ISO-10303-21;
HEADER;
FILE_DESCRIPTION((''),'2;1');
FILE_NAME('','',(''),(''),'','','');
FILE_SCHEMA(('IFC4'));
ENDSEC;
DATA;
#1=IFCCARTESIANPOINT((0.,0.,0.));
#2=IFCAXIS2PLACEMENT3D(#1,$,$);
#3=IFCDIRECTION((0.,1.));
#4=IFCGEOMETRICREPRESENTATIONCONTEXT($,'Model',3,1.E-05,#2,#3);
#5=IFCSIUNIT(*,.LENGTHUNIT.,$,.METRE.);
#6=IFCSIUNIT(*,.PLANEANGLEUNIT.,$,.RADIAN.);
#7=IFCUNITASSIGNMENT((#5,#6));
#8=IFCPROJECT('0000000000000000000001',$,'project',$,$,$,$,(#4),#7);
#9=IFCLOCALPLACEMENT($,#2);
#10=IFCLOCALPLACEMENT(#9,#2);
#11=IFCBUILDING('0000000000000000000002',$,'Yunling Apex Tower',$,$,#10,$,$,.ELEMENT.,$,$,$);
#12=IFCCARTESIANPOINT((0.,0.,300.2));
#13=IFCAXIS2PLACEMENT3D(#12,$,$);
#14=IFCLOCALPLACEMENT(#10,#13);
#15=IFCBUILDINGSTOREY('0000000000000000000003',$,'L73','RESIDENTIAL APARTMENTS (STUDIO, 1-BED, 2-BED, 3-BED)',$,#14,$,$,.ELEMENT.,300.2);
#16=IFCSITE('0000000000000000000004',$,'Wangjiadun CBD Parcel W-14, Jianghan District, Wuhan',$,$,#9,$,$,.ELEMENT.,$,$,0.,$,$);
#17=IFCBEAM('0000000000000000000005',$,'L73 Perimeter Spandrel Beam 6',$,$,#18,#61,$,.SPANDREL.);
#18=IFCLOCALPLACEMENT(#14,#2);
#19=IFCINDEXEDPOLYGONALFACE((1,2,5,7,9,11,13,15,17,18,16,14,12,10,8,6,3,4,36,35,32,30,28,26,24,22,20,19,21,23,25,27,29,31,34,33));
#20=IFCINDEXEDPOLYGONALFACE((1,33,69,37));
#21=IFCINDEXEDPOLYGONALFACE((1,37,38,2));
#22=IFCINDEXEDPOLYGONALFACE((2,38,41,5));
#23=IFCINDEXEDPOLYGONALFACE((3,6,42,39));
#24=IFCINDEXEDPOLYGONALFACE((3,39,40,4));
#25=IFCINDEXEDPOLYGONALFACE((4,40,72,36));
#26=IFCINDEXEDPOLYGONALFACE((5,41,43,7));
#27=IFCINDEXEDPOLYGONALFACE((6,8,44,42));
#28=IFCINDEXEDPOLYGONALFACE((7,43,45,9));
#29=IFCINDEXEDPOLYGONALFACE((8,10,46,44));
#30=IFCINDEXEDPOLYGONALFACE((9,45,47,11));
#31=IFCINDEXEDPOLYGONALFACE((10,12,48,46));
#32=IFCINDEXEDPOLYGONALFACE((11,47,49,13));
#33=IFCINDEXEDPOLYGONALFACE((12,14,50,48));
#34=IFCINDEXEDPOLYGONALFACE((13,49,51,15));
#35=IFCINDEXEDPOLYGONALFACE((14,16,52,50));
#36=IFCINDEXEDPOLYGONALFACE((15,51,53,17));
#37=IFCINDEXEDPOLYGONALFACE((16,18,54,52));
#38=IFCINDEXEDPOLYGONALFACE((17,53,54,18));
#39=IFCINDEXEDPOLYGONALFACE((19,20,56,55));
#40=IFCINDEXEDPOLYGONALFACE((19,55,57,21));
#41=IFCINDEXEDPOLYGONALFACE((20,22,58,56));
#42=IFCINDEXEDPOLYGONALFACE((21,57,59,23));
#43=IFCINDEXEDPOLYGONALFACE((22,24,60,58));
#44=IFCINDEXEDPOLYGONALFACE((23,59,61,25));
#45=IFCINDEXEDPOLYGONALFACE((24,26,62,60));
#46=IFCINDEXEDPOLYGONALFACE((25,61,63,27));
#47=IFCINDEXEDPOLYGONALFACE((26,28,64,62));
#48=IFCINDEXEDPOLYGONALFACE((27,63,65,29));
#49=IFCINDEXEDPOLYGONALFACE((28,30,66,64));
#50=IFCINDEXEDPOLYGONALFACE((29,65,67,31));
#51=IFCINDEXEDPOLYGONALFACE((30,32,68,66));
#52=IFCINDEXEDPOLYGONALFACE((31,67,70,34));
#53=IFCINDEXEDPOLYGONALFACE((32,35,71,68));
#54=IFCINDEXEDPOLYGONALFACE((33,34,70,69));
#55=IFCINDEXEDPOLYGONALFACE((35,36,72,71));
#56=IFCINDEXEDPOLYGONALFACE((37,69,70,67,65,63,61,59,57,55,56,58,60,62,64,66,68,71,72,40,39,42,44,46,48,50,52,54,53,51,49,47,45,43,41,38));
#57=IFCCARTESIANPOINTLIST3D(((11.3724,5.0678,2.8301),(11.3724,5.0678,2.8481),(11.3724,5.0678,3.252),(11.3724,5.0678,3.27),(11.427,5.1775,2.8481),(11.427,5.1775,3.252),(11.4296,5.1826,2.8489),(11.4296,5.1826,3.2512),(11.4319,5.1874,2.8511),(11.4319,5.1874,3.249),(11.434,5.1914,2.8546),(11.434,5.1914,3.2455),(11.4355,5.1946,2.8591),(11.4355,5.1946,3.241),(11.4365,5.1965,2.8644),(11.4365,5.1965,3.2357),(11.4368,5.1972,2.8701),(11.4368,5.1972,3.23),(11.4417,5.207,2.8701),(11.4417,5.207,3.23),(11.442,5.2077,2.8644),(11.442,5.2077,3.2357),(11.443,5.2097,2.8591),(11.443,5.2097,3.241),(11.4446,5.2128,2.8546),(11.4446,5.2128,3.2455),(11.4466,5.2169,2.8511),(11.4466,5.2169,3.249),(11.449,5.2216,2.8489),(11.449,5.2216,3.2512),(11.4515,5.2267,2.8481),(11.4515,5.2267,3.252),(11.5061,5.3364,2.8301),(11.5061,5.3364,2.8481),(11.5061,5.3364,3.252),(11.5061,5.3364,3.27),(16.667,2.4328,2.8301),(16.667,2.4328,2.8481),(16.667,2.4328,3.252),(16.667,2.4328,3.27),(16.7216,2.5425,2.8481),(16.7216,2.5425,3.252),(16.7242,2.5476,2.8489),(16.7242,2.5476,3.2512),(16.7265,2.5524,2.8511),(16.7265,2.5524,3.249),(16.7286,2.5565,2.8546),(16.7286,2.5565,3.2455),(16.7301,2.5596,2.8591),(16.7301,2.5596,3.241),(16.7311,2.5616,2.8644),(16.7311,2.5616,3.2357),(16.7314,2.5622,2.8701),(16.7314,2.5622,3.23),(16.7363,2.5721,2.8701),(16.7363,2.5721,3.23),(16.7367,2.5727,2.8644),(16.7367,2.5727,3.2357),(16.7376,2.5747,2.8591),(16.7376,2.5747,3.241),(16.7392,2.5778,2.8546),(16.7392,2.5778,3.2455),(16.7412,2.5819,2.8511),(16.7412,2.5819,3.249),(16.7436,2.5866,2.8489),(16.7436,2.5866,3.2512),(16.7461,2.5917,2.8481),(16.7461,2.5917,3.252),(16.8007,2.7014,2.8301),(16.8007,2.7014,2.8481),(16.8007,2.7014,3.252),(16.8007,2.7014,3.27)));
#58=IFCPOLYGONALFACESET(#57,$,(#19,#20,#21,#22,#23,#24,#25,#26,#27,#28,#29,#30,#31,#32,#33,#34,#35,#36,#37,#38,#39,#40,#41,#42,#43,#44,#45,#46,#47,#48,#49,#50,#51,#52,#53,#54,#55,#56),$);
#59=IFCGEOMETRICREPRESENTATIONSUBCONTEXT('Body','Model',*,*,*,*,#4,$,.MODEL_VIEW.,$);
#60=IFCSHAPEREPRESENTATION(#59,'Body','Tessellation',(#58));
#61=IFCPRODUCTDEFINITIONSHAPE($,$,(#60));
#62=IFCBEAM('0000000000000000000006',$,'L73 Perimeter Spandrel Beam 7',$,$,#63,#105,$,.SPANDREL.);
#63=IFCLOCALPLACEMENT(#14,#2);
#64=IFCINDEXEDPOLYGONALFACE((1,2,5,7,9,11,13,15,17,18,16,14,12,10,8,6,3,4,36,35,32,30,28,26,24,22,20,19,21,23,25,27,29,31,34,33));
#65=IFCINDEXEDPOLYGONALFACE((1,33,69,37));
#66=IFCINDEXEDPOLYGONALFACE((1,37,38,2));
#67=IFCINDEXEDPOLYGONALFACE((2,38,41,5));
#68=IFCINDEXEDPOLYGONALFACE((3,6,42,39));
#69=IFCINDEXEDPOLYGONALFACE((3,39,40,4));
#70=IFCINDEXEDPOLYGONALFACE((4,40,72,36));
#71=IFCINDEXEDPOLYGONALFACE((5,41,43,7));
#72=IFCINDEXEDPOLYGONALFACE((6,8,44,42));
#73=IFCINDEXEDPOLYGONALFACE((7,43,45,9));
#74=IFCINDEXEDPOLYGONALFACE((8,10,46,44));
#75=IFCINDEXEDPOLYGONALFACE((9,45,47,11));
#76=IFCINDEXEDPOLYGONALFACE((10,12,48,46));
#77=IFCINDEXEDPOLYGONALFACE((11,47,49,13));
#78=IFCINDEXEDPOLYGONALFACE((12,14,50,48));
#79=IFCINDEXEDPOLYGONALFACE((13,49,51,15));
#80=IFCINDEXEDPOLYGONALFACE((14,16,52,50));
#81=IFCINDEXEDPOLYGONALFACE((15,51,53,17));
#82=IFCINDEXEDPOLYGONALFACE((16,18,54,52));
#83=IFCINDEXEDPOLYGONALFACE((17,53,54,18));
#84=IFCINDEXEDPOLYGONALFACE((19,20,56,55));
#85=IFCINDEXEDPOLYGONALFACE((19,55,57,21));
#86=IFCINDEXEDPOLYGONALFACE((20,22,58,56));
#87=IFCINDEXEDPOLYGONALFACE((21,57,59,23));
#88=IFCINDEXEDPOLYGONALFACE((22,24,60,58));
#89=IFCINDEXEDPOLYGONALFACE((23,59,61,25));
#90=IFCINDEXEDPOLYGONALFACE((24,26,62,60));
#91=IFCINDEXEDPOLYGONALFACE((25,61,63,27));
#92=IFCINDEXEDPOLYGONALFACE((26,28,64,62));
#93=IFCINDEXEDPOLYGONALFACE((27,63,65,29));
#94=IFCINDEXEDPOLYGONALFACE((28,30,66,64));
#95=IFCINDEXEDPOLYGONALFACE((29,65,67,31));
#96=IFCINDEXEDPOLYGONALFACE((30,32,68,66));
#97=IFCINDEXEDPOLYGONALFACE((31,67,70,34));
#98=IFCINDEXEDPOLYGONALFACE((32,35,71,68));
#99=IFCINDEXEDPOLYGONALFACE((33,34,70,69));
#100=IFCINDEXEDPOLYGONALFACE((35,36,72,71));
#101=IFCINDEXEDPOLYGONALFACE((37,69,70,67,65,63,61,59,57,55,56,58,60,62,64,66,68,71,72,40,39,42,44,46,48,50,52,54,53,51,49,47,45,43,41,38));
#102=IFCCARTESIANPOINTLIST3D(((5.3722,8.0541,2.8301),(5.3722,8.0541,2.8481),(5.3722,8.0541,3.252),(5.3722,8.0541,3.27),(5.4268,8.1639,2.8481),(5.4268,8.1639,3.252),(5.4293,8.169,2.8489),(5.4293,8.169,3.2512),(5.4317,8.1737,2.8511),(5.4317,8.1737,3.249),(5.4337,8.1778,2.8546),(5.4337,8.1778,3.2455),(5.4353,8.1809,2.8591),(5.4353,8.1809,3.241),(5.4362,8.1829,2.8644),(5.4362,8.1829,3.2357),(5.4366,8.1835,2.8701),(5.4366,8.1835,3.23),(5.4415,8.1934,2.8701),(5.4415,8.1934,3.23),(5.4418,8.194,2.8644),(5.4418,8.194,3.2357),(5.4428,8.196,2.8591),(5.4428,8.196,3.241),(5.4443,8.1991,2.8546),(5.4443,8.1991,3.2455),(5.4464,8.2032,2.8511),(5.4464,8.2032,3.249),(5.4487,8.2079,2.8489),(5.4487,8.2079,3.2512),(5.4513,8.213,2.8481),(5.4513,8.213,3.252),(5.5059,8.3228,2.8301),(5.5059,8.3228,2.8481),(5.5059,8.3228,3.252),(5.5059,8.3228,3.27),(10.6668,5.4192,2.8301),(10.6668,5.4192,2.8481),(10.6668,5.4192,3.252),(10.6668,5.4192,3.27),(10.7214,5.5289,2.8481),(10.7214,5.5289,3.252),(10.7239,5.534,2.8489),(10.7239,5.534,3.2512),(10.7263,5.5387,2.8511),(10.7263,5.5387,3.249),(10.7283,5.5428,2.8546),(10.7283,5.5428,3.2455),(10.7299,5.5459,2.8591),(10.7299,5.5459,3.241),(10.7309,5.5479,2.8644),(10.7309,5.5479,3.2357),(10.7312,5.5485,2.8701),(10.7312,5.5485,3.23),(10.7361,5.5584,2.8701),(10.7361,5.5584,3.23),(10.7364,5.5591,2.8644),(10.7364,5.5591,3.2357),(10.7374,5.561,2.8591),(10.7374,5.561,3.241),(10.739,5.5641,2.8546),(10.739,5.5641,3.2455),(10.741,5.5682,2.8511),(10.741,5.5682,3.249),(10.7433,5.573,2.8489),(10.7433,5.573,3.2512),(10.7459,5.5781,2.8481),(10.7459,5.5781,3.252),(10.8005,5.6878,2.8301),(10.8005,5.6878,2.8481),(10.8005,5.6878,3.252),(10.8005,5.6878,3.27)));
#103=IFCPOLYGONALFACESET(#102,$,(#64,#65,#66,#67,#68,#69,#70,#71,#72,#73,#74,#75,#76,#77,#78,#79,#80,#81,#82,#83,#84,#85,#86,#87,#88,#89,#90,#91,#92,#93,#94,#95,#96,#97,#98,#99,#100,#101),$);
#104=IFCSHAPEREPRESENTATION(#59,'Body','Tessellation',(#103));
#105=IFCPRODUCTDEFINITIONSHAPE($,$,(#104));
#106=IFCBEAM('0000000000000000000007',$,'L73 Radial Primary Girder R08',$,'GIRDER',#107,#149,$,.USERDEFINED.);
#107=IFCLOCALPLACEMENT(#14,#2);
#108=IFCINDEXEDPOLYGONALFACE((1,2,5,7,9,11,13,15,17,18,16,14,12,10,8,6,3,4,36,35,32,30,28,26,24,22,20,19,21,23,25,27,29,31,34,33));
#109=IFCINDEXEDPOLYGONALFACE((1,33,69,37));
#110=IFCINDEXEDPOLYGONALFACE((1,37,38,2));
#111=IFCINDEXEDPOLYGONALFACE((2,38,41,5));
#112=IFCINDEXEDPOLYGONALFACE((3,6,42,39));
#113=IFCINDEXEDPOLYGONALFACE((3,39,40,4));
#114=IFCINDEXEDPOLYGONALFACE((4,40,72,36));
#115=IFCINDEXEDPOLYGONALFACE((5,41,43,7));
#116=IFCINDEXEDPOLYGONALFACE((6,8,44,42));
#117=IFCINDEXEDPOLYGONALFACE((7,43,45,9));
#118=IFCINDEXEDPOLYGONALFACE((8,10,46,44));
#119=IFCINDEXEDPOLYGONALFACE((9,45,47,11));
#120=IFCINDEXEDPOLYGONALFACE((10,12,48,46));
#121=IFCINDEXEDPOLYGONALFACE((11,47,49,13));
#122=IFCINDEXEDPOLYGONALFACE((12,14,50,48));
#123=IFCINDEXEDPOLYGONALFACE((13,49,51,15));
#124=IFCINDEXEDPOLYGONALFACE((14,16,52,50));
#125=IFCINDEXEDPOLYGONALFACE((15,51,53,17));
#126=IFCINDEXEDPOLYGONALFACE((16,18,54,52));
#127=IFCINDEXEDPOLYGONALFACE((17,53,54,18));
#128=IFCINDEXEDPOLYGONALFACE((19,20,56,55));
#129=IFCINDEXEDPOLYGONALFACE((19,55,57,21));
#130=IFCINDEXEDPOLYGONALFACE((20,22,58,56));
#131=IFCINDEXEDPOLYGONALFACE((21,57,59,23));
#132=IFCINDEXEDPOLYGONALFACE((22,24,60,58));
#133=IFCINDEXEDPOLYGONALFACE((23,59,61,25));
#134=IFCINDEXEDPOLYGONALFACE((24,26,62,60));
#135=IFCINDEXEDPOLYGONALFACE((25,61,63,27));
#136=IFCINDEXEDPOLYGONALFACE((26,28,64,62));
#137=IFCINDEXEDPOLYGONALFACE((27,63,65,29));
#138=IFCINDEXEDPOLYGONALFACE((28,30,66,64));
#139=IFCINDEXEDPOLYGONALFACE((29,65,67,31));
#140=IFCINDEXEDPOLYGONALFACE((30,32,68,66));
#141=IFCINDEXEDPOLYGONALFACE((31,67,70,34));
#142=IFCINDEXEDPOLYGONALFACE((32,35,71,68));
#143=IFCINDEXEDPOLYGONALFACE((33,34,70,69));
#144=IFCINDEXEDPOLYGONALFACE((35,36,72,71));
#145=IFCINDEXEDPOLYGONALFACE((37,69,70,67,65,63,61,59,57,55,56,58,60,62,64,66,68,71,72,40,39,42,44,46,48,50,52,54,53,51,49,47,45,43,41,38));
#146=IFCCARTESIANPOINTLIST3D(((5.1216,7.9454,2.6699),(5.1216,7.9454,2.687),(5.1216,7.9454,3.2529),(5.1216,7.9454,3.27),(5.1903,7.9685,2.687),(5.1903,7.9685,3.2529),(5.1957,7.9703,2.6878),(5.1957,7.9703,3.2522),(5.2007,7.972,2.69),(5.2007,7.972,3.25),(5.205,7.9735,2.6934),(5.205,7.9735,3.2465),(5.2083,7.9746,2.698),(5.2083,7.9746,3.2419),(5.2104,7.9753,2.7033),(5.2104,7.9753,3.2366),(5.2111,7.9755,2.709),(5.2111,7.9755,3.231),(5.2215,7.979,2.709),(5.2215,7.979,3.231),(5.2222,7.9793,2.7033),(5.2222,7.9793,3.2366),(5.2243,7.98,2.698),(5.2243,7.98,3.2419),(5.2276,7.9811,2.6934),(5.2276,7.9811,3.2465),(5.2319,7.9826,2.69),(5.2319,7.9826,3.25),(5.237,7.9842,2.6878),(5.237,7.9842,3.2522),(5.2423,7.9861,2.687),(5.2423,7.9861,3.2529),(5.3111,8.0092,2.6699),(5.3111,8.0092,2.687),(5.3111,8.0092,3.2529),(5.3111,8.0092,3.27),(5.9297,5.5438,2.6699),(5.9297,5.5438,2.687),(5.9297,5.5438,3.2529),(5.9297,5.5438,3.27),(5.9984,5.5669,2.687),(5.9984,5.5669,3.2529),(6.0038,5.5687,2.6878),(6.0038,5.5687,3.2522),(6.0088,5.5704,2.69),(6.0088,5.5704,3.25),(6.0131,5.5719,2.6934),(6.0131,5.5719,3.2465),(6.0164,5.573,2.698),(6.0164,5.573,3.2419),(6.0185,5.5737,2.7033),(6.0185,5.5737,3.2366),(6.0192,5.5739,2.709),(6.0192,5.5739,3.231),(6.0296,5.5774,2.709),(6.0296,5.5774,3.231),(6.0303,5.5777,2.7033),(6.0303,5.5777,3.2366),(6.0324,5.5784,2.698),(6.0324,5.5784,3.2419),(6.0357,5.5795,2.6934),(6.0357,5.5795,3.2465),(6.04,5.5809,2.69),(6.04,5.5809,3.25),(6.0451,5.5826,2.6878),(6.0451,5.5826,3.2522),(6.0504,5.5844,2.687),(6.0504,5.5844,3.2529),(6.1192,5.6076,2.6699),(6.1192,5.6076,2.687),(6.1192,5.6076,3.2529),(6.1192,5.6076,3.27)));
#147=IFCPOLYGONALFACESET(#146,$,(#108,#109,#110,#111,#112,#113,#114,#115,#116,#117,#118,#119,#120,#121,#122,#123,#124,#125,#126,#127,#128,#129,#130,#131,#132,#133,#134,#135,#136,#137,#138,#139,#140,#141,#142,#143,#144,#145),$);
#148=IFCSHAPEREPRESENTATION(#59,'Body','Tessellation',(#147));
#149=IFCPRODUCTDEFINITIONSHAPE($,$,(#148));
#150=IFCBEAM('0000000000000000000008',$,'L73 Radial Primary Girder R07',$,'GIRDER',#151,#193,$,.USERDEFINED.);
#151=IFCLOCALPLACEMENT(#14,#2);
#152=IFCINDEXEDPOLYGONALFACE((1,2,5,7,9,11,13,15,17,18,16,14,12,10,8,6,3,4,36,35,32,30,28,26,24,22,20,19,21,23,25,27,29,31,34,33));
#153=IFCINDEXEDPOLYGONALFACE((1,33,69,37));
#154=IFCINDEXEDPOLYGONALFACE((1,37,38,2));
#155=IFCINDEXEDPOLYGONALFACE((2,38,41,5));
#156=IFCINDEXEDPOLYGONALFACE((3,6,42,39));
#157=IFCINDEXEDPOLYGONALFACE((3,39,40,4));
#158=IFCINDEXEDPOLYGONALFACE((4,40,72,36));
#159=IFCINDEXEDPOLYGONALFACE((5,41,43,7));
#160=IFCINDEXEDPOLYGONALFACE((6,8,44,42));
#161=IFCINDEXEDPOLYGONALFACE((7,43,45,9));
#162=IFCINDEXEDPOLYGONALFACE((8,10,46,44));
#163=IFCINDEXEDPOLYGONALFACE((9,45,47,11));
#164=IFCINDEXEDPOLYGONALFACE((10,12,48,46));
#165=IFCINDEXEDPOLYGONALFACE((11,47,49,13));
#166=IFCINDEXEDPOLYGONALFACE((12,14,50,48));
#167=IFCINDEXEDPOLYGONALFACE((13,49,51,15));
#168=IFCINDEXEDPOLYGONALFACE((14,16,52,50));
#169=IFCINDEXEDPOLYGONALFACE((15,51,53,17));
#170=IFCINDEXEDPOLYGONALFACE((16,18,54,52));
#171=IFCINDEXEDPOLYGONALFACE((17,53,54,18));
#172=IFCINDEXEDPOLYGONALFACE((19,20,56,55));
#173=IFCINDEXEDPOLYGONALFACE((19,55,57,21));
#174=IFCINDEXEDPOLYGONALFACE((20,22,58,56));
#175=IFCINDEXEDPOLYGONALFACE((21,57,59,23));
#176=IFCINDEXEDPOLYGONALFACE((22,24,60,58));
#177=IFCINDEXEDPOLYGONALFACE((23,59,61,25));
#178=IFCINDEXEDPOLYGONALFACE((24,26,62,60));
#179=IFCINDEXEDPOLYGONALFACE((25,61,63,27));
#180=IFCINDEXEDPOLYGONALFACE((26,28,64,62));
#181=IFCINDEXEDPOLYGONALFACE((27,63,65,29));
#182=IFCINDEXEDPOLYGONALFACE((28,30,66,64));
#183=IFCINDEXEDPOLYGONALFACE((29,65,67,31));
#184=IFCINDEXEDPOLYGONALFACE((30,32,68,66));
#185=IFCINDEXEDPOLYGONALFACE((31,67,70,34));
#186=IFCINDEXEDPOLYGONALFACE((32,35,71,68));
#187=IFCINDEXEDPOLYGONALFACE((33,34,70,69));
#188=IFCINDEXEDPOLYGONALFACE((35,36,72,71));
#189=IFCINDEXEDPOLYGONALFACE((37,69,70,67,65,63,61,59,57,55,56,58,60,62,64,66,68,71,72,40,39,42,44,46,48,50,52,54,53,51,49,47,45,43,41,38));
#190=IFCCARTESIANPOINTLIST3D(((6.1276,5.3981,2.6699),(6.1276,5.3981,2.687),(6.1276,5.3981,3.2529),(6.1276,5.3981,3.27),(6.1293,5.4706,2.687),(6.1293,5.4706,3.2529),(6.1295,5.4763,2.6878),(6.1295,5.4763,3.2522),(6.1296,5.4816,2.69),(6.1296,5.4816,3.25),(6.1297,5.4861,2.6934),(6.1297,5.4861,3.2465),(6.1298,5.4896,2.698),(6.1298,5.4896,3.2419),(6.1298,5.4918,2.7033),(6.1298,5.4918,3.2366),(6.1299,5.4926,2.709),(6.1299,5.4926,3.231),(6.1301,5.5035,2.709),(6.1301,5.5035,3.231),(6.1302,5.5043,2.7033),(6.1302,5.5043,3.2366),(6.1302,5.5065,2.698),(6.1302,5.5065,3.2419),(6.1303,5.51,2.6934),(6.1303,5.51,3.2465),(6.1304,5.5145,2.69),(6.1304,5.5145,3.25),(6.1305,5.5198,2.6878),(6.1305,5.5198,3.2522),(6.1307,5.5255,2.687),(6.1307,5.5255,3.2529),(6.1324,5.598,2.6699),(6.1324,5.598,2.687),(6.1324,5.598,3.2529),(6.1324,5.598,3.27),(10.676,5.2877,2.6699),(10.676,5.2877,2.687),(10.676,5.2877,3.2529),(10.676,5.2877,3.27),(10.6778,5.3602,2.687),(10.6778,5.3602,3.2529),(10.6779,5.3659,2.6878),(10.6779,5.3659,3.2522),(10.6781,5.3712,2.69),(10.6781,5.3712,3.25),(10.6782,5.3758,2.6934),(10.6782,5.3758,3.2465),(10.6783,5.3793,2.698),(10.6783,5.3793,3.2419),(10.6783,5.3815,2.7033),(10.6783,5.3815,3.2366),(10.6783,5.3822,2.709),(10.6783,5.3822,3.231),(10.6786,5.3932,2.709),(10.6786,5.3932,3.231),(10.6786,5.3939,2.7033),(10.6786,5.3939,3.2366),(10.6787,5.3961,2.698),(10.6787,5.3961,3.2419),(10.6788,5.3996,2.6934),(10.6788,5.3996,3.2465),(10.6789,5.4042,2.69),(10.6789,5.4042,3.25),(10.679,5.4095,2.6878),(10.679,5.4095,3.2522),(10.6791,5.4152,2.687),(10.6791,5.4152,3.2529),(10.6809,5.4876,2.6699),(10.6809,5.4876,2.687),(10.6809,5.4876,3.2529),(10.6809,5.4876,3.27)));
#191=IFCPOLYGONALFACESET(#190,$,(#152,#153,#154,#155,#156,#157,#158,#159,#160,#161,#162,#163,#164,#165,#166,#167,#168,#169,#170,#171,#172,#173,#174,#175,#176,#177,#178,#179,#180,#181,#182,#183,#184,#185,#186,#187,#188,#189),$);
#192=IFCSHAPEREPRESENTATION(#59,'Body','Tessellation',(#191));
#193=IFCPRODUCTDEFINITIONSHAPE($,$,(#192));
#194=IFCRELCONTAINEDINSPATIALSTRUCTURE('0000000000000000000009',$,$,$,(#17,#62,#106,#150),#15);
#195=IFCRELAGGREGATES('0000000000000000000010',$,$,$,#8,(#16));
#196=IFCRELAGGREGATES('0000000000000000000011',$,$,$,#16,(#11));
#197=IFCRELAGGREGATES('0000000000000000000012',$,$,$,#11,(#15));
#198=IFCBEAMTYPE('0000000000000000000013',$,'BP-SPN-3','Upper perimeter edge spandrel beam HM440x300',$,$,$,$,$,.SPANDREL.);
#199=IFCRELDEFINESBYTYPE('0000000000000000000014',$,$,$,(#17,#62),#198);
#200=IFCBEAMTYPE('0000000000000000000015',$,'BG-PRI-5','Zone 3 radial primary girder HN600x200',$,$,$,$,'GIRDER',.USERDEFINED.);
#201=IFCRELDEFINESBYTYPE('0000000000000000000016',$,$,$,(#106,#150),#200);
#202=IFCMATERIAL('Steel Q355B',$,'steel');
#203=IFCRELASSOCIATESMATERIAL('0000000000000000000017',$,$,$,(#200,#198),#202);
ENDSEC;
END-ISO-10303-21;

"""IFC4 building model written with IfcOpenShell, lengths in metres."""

from ifc_helpers import new_model, si_unit, direction, frame, origin, origin_2d, place, context, subcontext, project, spatial, i_section, extrude, source, transform, mapped, material, material_profile, profile_set, type_object, element, save


model = new_model("IFC4")

# Units and contexts
model_context = context("Model", 3, precision=1e-05, world=origin(), true_north=direction((0.0, 1.0)))
body_context = subcontext(model_context, "Body", "Model", "MODEL_VIEW")
ifc_project = project(units=[si_unit("LENGTHUNIT", "METRE"), si_unit("PLANEANGLEUNIT", "RADIAN")], contexts=[model_context])

# Site, building, storey
site_placement = place(None, origin())
site = spatial("IfcSite", under=ifc_project, at=site_placement, Name="Wangjiadun CBD Parcel W-14, Jianghan District, Wuhan", CompositionType="ELEMENT", RefElevation=0.0)
building_placement = place(site_placement, origin())
building = spatial("IfcBuilding", under=site, at=building_placement, Name="Yunling Apex Tower", CompositionType="ELEMENT")
storey_placement = place(building_placement, frame((0.0, 0.0, 300.2)))
storey = spatial("IfcBuildingStorey", under=building, at=storey_placement, Name="L73", Description="RESIDENTIAL APARTMENTS (STUDIO, 1-BED, 2-BED, 3-BED)", CompositionType="ELEMENT", Elevation=300.2)

# Shared definitions
ifc_material_1 = material(Name="Steel Q355B", Category="steel")

# Beams
ifc_material_profile_1 = material_profile(ifc_material_1, i_section(OverallWidth=0.2, OverallDepth=0.6001, WebThickness=0.011, FlangeThickness=0.0171, FilletRadius=0.022, at=origin_2d()))
ifc_profile_set_1 = profile_set([ifc_material_profile_1], Name="Steel Q355B")
beam_type_1 = type_object("IfcBeamType", Name="BG-PRI-5", Description="Zone 3 radial primary girder HN600x200", ElementType="GIRDER", PredefinedType="USERDEFINED", material=ifc_profile_set_1)
ifc_material_profile_2 = material_profile(ifc_material_1, i_section(OverallWidth=0.3, OverallDepth=0.4399, WebThickness=0.011, FlangeThickness=0.0181, FilletRadius=0.022, at=origin_2d()))
ifc_profile_set_2 = profile_set([ifc_material_profile_2], Name="Steel Q355B")
beam_type_2 = type_object("IfcBeamType", Name="BP-SPN-3", Description="Upper perimeter edge spandrel beam HM440x300", PredefinedType="SPANDREL", material=ifc_profile_set_2)
shared_shape_1 = source(origin(), body_context, "Body", "SweptSolid", [
    extrude(i_section(OverallWidth=0.3, OverallDepth=0.4399, WebThickness=0.011, FlangeThickness=0.0181, FilletRadius=0.022, at=origin_2d()), origin(), (0.0, 0.0, 1.0), 5.9141),
])
for number, where, z_axis, x_axis, name in (
    (1, (16.7339, 2.5671, 3.05), (-0.89526, 0.445545, 0.0), (-0.445545, -0.89526, 0.0), "L73 Perimeter Spandrel Beam 6"),
    (2, (10.7336, 5.5535, 3.05), (-0.89526, 0.445545, 0.0), (-0.445545, -0.89526, 0.0), "L73 Perimeter Spandrel Beam 7"),
):
    element("IfcBeam", number, at=place(storey_placement, frame(where, z_axis=z_axis, x_axis=x_axis)), inside=storey, type_object=beam_type_2, Name=name, PredefinedType="SPANDREL", context=body_context, shape_type="MappedRepresentation", body=[
        mapped(shared_shape_1, transform((0.0, 0.0, 0.0), scale=1.0)),
    ])
shared_shape_2 = source(origin(), body_context, "Body", "SweptSolid", [
    extrude(i_section(OverallWidth=0.2, OverallDepth=0.6001, WebThickness=0.011, FlangeThickness=0.0171, FilletRadius=0.022, at=origin_2d()), origin(), (0.0, 0.0, 1.0), 2.5339),
])
beam_1_placement = place(storey_placement, frame((5.2163, 7.9773, 2.97), z_axis=(0.318915, -0.947783, 0.0), x_axis=(0.947783, 0.318915, 0.0)))
element("IfcBeam", 3, at=beam_1_placement, inside=storey, type_object=beam_type_1, Name="L73 Radial Primary Girder R08", ObjectType="GIRDER", PredefinedType="USERDEFINED", context=body_context, shape_type="MappedRepresentation", body=[
    mapped(shared_shape_2, transform((0.0, 0.0, 0.0), scale=1.0)),
])
shared_shape_3 = source(origin(), body_context, "Body", "SweptSolid", [
    extrude(i_section(OverallWidth=0.2, OverallDepth=0.6001, WebThickness=0.011, FlangeThickness=0.0171, FilletRadius=0.022, at=origin_2d()), origin(), (0.0, 0.0, 1.0), 4.5498),
])
beam_2_placement = place(storey_placement, frame((10.6785, 5.3877, 2.97), z_axis=(-0.999706, 0.024254, 0.0), x_axis=(-0.024254, -0.999706, 0.0)))
element("IfcBeam", 4, at=beam_2_placement, inside=storey, type_object=beam_type_1, Name="L73 Radial Primary Girder R07", ObjectType="GIRDER", PredefinedType="USERDEFINED", context=body_context, shape_type="MappedRepresentation", body=[
    mapped(shared_shape_3, transform((0.0, 0.0, 0.0), scale=1.0)),
])

save(model, "model.ifc")
